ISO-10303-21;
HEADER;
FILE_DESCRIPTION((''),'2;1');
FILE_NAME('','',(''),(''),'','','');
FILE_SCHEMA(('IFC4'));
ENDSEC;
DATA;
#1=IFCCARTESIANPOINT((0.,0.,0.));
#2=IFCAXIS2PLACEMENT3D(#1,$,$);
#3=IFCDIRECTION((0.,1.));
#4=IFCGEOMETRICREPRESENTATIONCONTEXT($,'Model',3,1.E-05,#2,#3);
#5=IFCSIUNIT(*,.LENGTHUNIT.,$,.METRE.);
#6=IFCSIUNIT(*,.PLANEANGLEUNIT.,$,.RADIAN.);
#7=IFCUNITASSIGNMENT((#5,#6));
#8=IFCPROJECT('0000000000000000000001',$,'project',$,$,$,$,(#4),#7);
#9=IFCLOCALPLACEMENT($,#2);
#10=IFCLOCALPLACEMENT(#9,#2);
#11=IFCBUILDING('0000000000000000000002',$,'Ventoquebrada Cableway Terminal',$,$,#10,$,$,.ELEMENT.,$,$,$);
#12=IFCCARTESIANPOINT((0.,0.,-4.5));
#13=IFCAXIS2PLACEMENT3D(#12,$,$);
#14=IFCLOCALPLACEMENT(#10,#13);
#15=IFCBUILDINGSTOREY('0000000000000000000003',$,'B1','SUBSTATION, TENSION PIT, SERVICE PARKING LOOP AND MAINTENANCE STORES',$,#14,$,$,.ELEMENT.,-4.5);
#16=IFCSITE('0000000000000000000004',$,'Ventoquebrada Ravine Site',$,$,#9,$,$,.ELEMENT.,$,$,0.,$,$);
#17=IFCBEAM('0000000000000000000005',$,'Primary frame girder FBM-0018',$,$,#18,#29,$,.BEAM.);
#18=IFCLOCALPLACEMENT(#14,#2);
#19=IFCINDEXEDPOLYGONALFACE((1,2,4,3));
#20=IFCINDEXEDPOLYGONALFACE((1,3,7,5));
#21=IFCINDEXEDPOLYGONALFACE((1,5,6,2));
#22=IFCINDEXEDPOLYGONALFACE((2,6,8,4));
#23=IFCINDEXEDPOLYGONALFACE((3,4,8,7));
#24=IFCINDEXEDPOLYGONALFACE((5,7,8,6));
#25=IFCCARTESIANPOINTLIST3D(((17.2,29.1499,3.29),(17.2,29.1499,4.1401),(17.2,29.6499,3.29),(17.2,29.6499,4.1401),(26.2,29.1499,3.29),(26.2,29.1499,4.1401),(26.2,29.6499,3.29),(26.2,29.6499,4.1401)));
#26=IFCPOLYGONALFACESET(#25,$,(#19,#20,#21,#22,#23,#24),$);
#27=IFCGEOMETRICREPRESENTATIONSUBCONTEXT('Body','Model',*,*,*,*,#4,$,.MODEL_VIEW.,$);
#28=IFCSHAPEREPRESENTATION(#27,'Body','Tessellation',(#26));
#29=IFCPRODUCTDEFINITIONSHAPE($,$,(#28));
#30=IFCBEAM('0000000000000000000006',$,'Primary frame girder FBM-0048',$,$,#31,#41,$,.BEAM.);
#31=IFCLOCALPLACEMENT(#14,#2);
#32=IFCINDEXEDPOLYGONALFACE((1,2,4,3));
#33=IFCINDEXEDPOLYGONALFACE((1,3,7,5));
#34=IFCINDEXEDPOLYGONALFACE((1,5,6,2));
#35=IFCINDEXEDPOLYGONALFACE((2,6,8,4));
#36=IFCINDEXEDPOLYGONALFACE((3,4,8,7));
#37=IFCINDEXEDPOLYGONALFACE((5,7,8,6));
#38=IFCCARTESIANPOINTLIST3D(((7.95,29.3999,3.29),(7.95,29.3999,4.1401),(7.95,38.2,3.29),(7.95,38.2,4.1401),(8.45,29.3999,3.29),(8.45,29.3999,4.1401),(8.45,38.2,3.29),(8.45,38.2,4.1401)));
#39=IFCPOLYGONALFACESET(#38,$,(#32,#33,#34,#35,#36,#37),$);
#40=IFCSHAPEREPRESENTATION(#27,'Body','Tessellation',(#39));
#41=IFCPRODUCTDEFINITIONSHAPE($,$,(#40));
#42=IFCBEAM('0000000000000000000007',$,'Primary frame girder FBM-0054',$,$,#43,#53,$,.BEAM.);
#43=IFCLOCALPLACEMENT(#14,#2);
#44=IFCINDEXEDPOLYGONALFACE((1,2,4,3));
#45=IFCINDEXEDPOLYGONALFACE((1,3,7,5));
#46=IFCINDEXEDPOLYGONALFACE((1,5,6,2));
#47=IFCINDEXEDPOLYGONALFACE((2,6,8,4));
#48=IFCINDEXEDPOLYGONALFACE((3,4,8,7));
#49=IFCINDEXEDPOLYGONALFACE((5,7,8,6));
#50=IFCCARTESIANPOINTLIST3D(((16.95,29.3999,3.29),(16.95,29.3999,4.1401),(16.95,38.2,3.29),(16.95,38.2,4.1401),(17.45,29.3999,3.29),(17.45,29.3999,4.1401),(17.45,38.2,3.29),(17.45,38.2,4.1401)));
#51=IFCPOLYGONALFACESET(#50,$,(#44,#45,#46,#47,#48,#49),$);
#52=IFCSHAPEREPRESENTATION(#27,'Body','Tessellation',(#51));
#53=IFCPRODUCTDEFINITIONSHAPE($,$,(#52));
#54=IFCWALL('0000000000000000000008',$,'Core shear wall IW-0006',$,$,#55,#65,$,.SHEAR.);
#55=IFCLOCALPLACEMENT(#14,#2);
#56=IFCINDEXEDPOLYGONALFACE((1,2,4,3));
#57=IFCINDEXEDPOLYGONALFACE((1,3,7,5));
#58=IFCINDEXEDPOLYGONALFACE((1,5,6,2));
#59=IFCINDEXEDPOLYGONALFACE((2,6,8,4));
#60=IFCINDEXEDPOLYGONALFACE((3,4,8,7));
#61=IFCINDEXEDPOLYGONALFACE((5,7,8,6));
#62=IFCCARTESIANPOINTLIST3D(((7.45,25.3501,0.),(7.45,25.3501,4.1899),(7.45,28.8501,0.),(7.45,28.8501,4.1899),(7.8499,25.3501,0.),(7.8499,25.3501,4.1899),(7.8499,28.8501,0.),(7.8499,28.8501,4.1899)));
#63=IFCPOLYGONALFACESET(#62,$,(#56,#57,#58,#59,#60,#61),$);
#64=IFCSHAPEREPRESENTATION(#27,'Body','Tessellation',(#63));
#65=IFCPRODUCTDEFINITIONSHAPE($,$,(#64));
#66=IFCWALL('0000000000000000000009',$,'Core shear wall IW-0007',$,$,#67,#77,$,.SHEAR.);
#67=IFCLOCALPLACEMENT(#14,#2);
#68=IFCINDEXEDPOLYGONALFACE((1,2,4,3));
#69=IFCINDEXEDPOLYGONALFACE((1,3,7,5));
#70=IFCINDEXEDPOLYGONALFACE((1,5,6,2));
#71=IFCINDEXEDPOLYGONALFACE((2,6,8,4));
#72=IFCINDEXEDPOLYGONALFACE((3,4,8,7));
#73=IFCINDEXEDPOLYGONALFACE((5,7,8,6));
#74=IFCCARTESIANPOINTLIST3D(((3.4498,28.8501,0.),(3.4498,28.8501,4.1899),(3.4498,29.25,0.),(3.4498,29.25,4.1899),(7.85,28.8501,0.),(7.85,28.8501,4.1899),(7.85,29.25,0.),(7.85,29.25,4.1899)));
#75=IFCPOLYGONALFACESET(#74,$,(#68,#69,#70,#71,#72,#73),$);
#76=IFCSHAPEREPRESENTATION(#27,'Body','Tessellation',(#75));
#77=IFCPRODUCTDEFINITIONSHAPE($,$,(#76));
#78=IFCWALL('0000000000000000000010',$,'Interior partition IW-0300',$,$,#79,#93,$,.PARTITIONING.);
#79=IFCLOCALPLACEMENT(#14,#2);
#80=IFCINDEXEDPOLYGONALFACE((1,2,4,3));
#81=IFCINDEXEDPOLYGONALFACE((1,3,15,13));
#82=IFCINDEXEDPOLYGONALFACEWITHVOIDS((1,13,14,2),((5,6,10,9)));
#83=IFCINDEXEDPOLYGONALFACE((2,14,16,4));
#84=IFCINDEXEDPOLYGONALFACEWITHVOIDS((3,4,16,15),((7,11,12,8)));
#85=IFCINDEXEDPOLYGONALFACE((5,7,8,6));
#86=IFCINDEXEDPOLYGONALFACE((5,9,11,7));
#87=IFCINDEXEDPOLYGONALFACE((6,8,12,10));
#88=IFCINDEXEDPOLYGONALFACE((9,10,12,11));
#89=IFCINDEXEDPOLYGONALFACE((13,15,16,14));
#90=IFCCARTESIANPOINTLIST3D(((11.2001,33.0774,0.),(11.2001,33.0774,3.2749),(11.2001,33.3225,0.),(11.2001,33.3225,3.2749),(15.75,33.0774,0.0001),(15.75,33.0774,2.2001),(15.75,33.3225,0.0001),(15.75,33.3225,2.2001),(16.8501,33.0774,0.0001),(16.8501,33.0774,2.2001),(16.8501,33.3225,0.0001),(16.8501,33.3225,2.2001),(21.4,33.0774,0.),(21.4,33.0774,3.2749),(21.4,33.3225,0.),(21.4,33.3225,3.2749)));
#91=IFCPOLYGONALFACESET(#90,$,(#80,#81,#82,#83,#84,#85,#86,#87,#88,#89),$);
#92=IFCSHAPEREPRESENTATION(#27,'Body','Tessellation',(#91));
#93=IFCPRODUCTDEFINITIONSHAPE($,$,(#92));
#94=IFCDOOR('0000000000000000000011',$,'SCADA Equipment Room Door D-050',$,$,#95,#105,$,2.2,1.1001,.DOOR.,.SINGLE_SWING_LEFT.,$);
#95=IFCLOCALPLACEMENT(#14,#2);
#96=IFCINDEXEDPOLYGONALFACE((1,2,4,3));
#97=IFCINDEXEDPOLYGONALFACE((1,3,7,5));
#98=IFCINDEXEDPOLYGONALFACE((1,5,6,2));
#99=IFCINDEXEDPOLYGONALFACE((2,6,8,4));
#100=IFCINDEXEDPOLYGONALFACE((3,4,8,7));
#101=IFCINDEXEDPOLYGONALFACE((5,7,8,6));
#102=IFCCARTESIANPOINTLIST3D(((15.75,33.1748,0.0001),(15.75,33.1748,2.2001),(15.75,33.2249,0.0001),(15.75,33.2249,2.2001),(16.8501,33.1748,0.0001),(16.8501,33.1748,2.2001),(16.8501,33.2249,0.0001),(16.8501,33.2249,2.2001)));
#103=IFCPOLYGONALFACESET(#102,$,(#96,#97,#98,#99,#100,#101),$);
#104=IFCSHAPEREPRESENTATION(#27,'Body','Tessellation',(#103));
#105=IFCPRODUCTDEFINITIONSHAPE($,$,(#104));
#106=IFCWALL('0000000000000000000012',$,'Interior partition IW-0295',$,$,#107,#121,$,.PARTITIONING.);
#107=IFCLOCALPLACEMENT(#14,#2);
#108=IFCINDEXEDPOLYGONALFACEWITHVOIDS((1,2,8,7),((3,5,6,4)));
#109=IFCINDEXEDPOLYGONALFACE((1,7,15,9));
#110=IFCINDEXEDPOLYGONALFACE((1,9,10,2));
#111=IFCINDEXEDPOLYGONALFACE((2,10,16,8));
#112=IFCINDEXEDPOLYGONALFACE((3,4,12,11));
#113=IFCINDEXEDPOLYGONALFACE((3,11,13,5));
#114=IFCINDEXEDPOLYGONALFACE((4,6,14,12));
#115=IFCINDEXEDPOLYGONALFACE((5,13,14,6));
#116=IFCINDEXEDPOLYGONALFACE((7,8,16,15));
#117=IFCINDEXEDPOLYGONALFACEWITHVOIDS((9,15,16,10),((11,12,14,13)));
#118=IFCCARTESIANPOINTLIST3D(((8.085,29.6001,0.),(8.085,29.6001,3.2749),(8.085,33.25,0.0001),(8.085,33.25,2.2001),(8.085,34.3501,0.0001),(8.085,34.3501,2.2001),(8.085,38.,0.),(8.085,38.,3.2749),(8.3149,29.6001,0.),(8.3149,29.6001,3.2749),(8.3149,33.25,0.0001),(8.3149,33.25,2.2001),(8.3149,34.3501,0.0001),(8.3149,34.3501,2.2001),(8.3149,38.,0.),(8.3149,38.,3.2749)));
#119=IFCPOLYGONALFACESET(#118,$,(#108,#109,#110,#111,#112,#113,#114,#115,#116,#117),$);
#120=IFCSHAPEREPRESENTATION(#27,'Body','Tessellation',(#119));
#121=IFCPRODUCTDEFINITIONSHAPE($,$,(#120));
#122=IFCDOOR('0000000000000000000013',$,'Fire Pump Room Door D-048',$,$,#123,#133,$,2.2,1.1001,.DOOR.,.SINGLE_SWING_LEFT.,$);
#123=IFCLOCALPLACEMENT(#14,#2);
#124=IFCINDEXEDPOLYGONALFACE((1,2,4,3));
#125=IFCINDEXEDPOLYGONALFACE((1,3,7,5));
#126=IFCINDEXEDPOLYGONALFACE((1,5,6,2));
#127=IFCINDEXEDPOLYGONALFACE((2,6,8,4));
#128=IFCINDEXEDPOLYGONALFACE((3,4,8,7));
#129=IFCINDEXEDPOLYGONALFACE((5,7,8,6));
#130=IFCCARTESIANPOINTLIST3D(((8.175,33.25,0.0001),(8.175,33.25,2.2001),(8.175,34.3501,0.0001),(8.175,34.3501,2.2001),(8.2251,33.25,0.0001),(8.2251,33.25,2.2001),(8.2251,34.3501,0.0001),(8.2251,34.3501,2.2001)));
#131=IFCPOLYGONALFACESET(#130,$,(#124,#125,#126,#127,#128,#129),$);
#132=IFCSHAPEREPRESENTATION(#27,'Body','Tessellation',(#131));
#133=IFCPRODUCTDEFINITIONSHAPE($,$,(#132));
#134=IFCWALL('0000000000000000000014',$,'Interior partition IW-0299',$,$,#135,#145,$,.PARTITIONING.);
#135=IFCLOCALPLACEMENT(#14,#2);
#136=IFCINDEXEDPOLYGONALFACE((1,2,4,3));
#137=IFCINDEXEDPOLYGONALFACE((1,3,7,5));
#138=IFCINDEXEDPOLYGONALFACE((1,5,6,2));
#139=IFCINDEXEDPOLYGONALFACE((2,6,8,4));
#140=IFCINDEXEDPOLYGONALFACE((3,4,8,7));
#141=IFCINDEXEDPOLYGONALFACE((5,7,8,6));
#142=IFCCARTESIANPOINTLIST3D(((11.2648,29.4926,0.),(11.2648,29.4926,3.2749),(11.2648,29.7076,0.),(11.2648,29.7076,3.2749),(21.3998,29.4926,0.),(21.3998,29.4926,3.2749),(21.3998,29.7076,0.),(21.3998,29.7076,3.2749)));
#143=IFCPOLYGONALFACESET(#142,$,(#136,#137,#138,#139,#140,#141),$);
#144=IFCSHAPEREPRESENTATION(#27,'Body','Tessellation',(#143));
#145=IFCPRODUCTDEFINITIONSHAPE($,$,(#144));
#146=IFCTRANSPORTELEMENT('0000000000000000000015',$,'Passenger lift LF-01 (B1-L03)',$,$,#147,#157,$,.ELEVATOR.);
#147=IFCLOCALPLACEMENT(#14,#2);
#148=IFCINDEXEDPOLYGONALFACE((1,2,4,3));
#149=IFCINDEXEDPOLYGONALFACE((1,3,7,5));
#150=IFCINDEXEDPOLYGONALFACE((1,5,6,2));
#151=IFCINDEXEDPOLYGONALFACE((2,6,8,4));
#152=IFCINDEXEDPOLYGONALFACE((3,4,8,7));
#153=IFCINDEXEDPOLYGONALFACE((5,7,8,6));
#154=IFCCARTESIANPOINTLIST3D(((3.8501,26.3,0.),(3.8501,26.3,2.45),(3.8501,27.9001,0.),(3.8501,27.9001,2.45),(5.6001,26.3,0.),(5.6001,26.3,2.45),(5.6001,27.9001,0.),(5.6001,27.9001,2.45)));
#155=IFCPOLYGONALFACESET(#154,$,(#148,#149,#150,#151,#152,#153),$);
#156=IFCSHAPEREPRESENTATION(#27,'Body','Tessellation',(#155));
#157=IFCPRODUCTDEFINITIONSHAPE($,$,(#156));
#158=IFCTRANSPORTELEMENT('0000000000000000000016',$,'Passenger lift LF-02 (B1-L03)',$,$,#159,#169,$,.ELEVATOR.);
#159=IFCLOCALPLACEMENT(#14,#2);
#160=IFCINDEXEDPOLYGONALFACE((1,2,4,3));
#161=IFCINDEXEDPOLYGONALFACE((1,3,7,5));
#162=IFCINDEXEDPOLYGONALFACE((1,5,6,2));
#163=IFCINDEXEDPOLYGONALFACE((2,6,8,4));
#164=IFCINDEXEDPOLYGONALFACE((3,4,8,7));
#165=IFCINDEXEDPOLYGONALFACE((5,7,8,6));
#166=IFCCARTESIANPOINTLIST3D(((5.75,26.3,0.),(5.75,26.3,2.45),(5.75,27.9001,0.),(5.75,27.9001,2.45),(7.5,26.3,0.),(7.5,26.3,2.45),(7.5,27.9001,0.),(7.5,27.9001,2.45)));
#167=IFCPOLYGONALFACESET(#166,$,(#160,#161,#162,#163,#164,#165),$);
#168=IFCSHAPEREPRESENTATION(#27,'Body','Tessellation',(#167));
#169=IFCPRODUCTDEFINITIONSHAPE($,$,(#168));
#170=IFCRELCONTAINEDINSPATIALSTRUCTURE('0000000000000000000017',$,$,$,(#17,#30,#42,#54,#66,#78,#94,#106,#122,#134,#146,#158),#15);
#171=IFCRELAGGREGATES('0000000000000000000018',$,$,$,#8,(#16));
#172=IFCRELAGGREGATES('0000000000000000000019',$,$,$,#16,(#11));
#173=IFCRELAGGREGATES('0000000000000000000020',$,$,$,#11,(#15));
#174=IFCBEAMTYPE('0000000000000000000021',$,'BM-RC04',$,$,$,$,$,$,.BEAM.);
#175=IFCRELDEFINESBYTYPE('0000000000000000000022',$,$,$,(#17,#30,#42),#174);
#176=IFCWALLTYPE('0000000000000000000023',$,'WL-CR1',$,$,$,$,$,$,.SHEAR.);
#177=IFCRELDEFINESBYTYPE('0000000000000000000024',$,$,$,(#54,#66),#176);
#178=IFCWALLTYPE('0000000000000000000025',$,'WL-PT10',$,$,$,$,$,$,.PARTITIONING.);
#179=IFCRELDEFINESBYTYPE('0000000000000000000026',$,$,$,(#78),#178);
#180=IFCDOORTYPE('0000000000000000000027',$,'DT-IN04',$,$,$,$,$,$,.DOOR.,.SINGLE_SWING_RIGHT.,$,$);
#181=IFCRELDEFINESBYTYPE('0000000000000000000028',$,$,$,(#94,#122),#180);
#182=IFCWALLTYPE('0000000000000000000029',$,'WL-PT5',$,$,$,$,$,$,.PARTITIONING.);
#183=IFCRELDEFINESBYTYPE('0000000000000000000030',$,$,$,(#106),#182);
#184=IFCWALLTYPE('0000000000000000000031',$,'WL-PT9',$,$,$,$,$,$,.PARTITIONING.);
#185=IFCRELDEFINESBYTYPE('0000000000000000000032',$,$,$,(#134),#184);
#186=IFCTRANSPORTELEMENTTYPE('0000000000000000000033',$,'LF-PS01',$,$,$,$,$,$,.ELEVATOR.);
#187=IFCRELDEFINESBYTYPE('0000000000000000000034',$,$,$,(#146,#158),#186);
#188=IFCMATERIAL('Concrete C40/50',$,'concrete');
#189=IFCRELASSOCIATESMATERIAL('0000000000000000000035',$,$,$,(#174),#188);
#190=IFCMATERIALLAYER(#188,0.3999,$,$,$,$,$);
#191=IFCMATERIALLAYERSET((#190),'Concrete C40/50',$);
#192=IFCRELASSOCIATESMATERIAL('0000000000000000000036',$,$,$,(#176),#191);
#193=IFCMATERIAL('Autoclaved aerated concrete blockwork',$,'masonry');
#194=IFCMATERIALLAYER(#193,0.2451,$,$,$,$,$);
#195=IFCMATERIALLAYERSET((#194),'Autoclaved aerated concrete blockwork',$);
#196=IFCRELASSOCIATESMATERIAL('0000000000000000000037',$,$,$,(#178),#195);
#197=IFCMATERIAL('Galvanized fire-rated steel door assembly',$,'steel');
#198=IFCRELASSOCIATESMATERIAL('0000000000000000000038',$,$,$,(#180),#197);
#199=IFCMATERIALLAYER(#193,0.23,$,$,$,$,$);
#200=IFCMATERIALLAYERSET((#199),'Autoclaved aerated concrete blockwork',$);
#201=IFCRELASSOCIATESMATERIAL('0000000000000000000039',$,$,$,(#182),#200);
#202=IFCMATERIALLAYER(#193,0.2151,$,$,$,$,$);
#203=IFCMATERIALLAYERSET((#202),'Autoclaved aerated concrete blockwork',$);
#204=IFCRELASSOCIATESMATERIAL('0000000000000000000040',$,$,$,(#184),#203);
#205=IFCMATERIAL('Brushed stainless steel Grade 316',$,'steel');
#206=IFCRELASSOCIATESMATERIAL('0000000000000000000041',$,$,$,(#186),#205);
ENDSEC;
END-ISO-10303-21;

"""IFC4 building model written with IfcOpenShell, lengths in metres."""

from ifc_helpers import new_model, si_unit, direction, frame, frame_2d, origin, origin_2d, place, context, subcontext, project, spatial, rectangle, extrude, material, layer, layer_set, material_profile, profile_set, type_object, element, fill, save


model = new_model("IFC4")

# Units and contexts
model_context = context("Model", 3, precision=1e-05, world=origin(), true_north=direction((0.0, 1.0)))
body_context = subcontext(model_context, "Body", "Model", "MODEL_VIEW")
ifc_project = project(units=[si_unit("LENGTHUNIT", "METRE"), si_unit("PLANEANGLEUNIT", "RADIAN")], contexts=[model_context])

# Site, building, storey
site_placement = place(None, origin())
site = spatial("IfcSite", under=ifc_project, at=site_placement, Name="Ventoquebrada Ravine Site", CompositionType="ELEMENT", RefElevation=0.0)
building_placement = place(site_placement, origin())
building = spatial("IfcBuilding", under=site, at=building_placement, Name="Ventoquebrada Cableway Terminal", CompositionType="ELEMENT")
storey_placement = place(building_placement, frame((0.0, 0.0, -4.5)))
storey = spatial("IfcBuildingStorey", under=building, at=storey_placement, Name="B1", Description="SUBSTATION, TENSION PIT, SERVICE PARKING LOOP AND MAINTENANCE STORES", CompositionType="ELEMENT", Elevation=-4.5)

# Shared definitions
ifc_material_1 = material(Name="Concrete C40/50", Category="concrete")

# Beams
ifc_material_profile_1 = material_profile(ifc_material_1, rectangle(XDim=0.5, YDim=0.8501, at=origin_2d()), Name="RC-BM-500X850")
ifc_profile_set_1 = profile_set([ifc_material_profile_1], Name="Concrete C40/50")
beam_type = type_object("IfcBeamType", Name="BM-RC04", PredefinedType="BEAM", material=ifc_profile_set_1)
for number, where, z_axis, x_axis, name in (
    (1, (17.2, 29.3999, 3.7151), (1.0, 0.0, 0.0), (0.0, 1.0, 0.0), "Primary frame girder FBM-0018"),
):
    element("IfcBeam", number, at=place(storey_placement, frame(where, z_axis=z_axis, x_axis=x_axis)), inside=storey, type_object=beam_type, Name=name, PredefinedType="BEAM", context=body_context, shape_type="SweptSolid", body=[
        extrude(rectangle(XDim=0.5, YDim=0.8501, at=origin_2d()), origin(), (0.0, 0.0, 1.0), 9.0),
    ])
for number, where, z_axis, x_axis, name in (
    (2, (8.2, 29.3999, 3.7151), (0.0, 1.0, 0.0), (-1.0, 0.0, 0.0), "Primary frame girder FBM-0048"),
    (3, (17.2, 29.3999, 3.7151), (0.0, 1.0, 0.0), (-1.0, 0.0, 0.0), "Primary frame girder FBM-0054"),
):
    element("IfcBeam", number, at=place(storey_placement, frame(where, z_axis=z_axis, x_axis=x_axis)), inside=storey, type_object=beam_type, Name=name, PredefinedType="BEAM", context=body_context, shape_type="SweptSolid", body=[
        extrude(rectangle(XDim=0.5, YDim=0.8501, at=origin_2d()), origin(), (0.0, 0.0, 1.0), 8.8),
    ])

# Walls
ifc_layer_1 = layer(ifc_material_1, 0.3999)
ifc_layer_set_1 = layer_set([ifc_layer_1], Name="Concrete C40/50")
wall_type_1 = type_object("IfcWallType", Name="WL-CR1", PredefinedType="SHEAR", material=ifc_layer_set_1)
wall_1_placement = place(storey_placement, frame((7.6499, 25.3501, 0.0), z_axis=(0.0, 0.0, 1.0), x_axis=(0.0, 1.0, 0.0)))
element("IfcWall", 4, at=wall_1_placement, inside=storey, type_object=wall_type_1, Name="Core shear wall IW-0006", PredefinedType="SHEAR", context=body_context, shape_type="SweptSolid", body=[
    extrude(rectangle(XDim=3.5, YDim=0.3999, at=frame_2d((1.75, 0.0))), origin(), (0.0, 0.0, 1.0), 4.1899),
])
wall_2_placement = place(storey_placement, frame((7.8501, 29.05, 0.0), z_axis=(0.0, 0.0, 1.0), x_axis=(-1.0, 0.0, 0.0)))
element("IfcWall", 5, at=wall_2_placement, inside=storey, type_object=wall_type_1, Name="Core shear wall IW-0007", PredefinedType="SHEAR", context=body_context, shape_type="SweptSolid", body=[
    extrude(rectangle(XDim=4.4001, YDim=0.3999, at=frame_2d((2.2002, 0.0))), origin(), (0.0, 0.0, 1.0), 4.1899),
])

# Walls, openings, doors
ifc_material_2 = material(Name="Autoclaved aerated concrete blockwork", Category="masonry")
ifc_layer_2 = layer(ifc_material_2, 0.2451)
ifc_layer_set_2 = layer_set([ifc_layer_2], Name="Autoclaved aerated concrete blockwork")
wall_type_2 = type_object("IfcWallType", Name="WL-PT10", PredefinedType="PARTITIONING", material=ifc_layer_set_2)
wall_3_placement = place(storey_placement, frame((11.2, 33.2, 0.0), z_axis=(0.0, 0.0, 1.0), x_axis=(1.0, 0.0, 0.0)))
wall_3 = element("IfcWall", 6, at=wall_3_placement, inside=storey, type_object=wall_type_2, Name="Interior partition IW-0300", PredefinedType="PARTITIONING", context=body_context, shape_type="SweptSolid", body=[
    extrude(rectangle(XDim=10.2, YDim=0.2451, at=frame_2d((5.1001, 0.0))), origin(), (0.0, 0.0, 1.0), 3.2749),
])
opening_1_placement = place(wall_3_placement, frame((4.55, 0.0, 0.0)))
opening_1 = element("IfcOpeningElement", 7, at=opening_1_placement, cuts=wall_3, PredefinedType="OPENING", context=body_context, shape_type="SweptSolid", body=[
    extrude(rectangle(XDim=1.1001, YDim=2.2, at=frame_2d((0.55, 1.1001))), frame((0.0, 0.1326, 0.0), z_axis=(0.0, -1.0, 0.0), x_axis=(1.0, 0.0, 0.0)), (0.0, 0.0, 1.0), 0.2651),
])
ifc_material_3 = material(Name="Galvanized fire-rated steel door assembly", Category="steel")
door_type = type_object("IfcDoorType", Name="DT-IN04", OperationType="SINGLE_SWING_RIGHT", PredefinedType="DOOR", material=ifc_material_3)
door_1_placement = place(opening_1_placement, origin())
door_1 = element("IfcDoor", 8, at=door_1_placement, inside=storey, type_object=door_type, Name="SCADA Equipment Room Door D-050", OperationType="SINGLE_SWING_LEFT", OverallHeight=2.2, OverallWidth=1.1001, PredefinedType="DOOR", context=body_context, shape_type="SweptSolid", body=[
    extrude(rectangle(XDim=1.1001, YDim=2.2, at=frame_2d((0.55, 1.1001))), frame((0.0, 0.0249, 0.0), z_axis=(0.0, -1.0, 0.0), x_axis=(1.0, 0.0, 0.0)), (0.0, 0.0, 1.0), 0.05),
])
fill(opening_1, door_1)
ifc_layer_3 = layer(ifc_material_2, 0.23)
ifc_layer_set_3 = layer_set([ifc_layer_3], Name="Autoclaved aerated concrete blockwork")
wall_type_3 = type_object("IfcWallType", Name="WL-PT5", PredefinedType="PARTITIONING", material=ifc_layer_set_3)
wall_4_placement = place(storey_placement, frame((8.2, 29.6001, 0.0), z_axis=(0.0, 0.0, 1.0), x_axis=(0.0, 1.0, 0.0)))
wall_4 = element("IfcWall", 9, at=wall_4_placement, inside=storey, type_object=wall_type_3, Name="Interior partition IW-0295", PredefinedType="PARTITIONING", context=body_context, shape_type="SweptSolid", body=[
    extrude(rectangle(XDim=8.3999, YDim=0.23, at=frame_2d((4.2, 0.0))), origin(), (0.0, 0.0, 1.0), 3.2749),
])
opening_2_placement = place(wall_4_placement, frame((3.6499, 0.0, 0.0)))
opening_2 = element("IfcOpeningElement", 10, at=opening_2_placement, cuts=wall_4, PredefinedType="OPENING", context=body_context, shape_type="SweptSolid", body=[
    extrude(rectangle(XDim=1.1001, YDim=2.2, at=frame_2d((0.55, 1.1001))), frame((0.0, 0.125, 0.0), z_axis=(0.0, -1.0, 0.0), x_axis=(1.0, 0.0, 0.0)), (0.0, 0.0, 1.0), 0.25),
])
door_2_placement = place(opening_2_placement, origin())
door_2 = element("IfcDoor", 11, at=door_2_placement, inside=storey, type_object=door_type, Name="Fire Pump Room Door D-048", OperationType="SINGLE_SWING_LEFT", OverallHeight=2.2, OverallWidth=1.1001, PredefinedType="DOOR", context=body_context, shape_type="SweptSolid", body=[
    extrude(rectangle(XDim=1.1001, YDim=2.2, at=frame_2d((0.55, 1.1001))), frame((0.0, 0.0249, 0.0), z_axis=(0.0, -1.0, 0.0), x_axis=(1.0, 0.0, 0.0)), (0.0, 0.0, 1.0), 0.05),
])
fill(opening_2, door_2)

# Wall
ifc_layer_4 = layer(ifc_material_2, 0.2151)
ifc_layer_set_4 = layer_set([ifc_layer_4], Name="Autoclaved aerated concrete blockwork")
wall_type_4 = type_object("IfcWallType", Name="WL-PT9", PredefinedType="PARTITIONING", material=ifc_layer_set_4)
wall_5_placement = place(storey_placement, frame((11.2649, 29.6001, 0.0), z_axis=(0.0, 0.0, 1.0), x_axis=(1.0, 0.0, 0.0)))
element("IfcWall", 12, at=wall_5_placement, inside=storey, type_object=wall_type_4, Name="Interior partition IW-0299", PredefinedType="PARTITIONING", context=body_context, shape_type="SweptSolid", body=[
    extrude(rectangle(XDim=10.135, YDim=0.2151, at=frame_2d((5.0674, 0.0))), origin(), (0.0, 0.0, 1.0), 3.2749),
])

# Transport elements
ifc_material_4 = material(Name="Brushed stainless steel Grade 316", Category="steel")
transport_element_type = type_object("IfcTransportElementType", Name="LF-PS01", PredefinedType="ELEVATOR", material=ifc_material_4)
for number, where, z_axis, x_axis, name in (
    (13, (4.7251, 27.1001, 0.0), (0.0, 0.0, 1.0), (1.0, 0.0, 0.0), "Passenger lift LF-01 (B1-L03)"),
    (14, (6.625, 27.1001, 0.0), (0.0, 0.0, 1.0), (1.0, 0.0, 0.0), "Passenger lift LF-02 (B1-L03)"),
):
    element("IfcTransportElement", number, at=place(storey_placement, frame(where, z_axis=z_axis, x_axis=x_axis)), inside=storey, type_object=transport_element_type, Name=name, PredefinedType="ELEVATOR", context=body_context, shape_type="SweptSolid", body=[
        extrude(rectangle(XDim=1.75, YDim=1.6001, at=origin_2d()), origin(), (0.0, 0.0, 1.0), 2.45),
    ])

save(model, "model.ifc")
